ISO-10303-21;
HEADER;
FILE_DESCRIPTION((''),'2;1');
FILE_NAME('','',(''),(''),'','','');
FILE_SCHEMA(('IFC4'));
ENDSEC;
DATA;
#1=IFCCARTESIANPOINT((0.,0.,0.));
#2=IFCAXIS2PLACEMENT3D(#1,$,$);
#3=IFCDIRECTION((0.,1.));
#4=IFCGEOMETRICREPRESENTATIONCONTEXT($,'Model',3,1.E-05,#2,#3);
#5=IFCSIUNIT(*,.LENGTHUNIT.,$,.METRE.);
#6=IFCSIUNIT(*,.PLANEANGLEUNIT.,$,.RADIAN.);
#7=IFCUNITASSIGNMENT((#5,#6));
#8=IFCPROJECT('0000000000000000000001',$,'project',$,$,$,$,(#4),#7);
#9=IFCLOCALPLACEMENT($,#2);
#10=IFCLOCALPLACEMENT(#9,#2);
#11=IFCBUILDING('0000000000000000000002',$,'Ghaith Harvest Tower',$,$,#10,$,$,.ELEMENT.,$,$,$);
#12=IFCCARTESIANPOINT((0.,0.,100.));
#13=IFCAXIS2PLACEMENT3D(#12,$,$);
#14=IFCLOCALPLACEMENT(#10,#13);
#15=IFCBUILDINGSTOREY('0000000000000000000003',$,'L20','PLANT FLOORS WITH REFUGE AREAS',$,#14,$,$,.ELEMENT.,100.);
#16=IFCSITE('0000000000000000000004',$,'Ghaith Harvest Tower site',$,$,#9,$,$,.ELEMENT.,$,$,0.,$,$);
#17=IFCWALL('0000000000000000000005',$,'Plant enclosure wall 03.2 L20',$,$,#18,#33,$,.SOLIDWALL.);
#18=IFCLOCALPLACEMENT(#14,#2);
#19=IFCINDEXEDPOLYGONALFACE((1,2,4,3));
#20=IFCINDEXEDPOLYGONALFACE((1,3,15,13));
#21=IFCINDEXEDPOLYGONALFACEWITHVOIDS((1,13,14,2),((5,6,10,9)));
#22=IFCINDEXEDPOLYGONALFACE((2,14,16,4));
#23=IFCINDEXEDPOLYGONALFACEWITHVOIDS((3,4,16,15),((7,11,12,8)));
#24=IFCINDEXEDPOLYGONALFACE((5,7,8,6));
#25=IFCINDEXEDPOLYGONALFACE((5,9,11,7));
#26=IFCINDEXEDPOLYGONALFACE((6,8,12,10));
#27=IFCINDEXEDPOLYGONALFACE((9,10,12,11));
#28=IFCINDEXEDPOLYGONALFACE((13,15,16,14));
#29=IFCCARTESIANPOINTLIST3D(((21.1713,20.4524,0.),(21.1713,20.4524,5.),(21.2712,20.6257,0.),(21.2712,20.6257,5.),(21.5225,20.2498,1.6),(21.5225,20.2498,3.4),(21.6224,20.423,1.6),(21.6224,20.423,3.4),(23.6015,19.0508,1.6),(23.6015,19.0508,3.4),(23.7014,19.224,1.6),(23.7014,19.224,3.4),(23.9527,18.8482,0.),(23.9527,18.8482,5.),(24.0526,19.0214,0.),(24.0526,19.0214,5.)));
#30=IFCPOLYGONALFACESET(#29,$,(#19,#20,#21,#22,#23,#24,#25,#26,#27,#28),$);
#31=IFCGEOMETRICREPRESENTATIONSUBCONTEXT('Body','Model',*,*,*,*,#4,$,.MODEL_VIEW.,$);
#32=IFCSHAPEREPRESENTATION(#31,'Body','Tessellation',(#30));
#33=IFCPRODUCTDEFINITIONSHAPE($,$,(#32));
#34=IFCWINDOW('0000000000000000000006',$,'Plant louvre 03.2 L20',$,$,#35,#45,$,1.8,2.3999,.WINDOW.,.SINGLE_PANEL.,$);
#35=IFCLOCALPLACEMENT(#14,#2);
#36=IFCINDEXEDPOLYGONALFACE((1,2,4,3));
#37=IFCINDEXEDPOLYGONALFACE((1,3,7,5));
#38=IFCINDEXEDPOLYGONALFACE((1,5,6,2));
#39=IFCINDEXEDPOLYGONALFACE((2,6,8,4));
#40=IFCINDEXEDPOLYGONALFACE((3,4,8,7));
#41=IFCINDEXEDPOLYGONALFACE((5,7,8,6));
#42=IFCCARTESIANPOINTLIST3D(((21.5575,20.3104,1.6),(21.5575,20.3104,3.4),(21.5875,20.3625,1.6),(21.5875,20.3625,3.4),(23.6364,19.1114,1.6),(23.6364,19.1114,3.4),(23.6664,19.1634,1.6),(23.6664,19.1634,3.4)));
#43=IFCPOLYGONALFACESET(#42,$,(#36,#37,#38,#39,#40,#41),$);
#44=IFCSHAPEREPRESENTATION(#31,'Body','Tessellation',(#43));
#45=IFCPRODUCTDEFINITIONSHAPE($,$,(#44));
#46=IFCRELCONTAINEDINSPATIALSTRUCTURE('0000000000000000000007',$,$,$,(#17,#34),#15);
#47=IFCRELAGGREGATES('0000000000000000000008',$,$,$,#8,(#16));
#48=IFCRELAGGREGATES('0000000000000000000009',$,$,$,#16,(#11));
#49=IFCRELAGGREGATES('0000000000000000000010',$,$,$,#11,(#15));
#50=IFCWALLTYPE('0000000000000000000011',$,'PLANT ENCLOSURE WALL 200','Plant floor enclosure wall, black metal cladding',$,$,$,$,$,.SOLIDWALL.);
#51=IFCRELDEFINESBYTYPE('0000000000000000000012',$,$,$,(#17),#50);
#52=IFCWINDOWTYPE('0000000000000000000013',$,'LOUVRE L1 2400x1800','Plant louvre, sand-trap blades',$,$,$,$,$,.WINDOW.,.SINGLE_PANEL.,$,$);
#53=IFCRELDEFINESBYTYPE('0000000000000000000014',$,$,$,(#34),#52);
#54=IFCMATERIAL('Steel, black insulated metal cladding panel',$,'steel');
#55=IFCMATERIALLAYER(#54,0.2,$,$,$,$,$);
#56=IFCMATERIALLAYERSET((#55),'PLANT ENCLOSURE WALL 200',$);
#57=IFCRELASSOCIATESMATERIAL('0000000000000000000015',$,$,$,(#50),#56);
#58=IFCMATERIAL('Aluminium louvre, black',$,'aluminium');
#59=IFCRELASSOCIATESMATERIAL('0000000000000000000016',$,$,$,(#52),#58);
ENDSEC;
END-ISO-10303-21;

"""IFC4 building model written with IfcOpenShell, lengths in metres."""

from ifc_helpers import new_model, si_unit, direction, frame, frame_2d, origin, place, context, subcontext, project, spatial, rectangle, extrude, material, layer, layer_set, type_object, element, fill, save


model = new_model("IFC4")

# Units and contexts
model_context = context("Model", 3, precision=1e-05, world=origin(), true_north=direction((0.0, 1.0)))
body_context = subcontext(model_context, "Body", "Model", "MODEL_VIEW")
ifc_project = project(units=[si_unit("LENGTHUNIT", "METRE"), si_unit("PLANEANGLEUNIT", "RADIAN")], contexts=[model_context])

# Site, building, storey
site_placement = place(None, origin())
site = spatial("IfcSite", under=ifc_project, at=site_placement, Name="Ghaith Harvest Tower site", CompositionType="ELEMENT", RefElevation=0.0)
building_placement = place(site_placement, origin())
building = spatial("IfcBuilding", under=site, at=building_placement, Name="Ghaith Harvest Tower", CompositionType="ELEMENT")
storey_placement = place(building_placement, frame((0.0, 0.0, 100.0)))
storey = spatial("IfcBuildingStorey", under=building, at=storey_placement, Name="L20", Description="PLANT FLOORS WITH REFUGE AREAS", CompositionType="ELEMENT", Elevation=100.0)

# Shared definitions
ifc_material_1 = material(Name="Steel, black insulated metal cladding panel", Category="steel")
ifc_layer_1 = layer(ifc_material_1, 0.2)
ifc_layer_set_1 = layer_set([ifc_layer_1], Name="PLANT ENCLOSURE WALL 200")
wall_type = type_object("IfcWallType", Name="PLANT ENCLOSURE WALL 200", Description="Plant floor enclosure wall, black metal cladding", PredefinedType="SOLIDWALL", material=ifc_layer_set_1)

# Wall, opening, window
ifc_material_2 = material(Name="Aluminium louvre, black", Category="aluminium")
window_type = type_object("IfcWindowType", Name="LOUVRE L1 2400x1800", Description="Plant louvre, sand-trap blades", PartitioningType="SINGLE_PANEL", PredefinedType="WINDOW", material=ifc_material_2)
wall_1_placement = place(storey_placement, frame((24.0027, 18.9348, 0.0), z_axis=(0.0, 0.0, 1.0), x_axis=(-0.866248, 0.499615, 0.0)))
wall_1 = element("IfcWall", 1, at=wall_1_placement, inside=storey, type_object=wall_type, Name="Plant enclosure wall 03.2 L20", PredefinedType="SOLIDWALL", context=body_context, shape_type="SweptSolid", body=[
    extrude(rectangle(XDim=3.2109, YDim=0.2, at=frame_2d((1.6055, 0.0))), origin(), (0.0, 0.0, 1.0), 5.0),
])
opening_1_placement = place(wall_1_placement, frame((0.4055, 0.0, 1.6001)))
opening_1 = element("IfcOpeningElement", 2, at=opening_1_placement, cuts=wall_1, PredefinedType="OPENING", context=body_context, shape_type="SweptSolid", body=[
    extrude(rectangle(XDim=2.3999, YDim=1.8, at=frame_2d((1.2, 0.8999))), frame((0.0, 0.1099, 0.0), z_axis=(0.0, -1.0, 0.0), x_axis=(1.0, 0.0, 0.0)), (0.0, 0.0, 1.0), 0.22),
])
window_1_placement = place(opening_1_placement, origin())
window_1 = element("IfcWindow", 3, at=window_1_placement, inside=storey, type_object=window_type, Name="Plant louvre 03.2 L20", OverallHeight=1.8, OverallWidth=2.3999, PartitioningType="SINGLE_PANEL", PredefinedType="WINDOW", context=body_context, shape_type="SweptSolid", body=[
    extrude(rectangle(XDim=2.3999, YDim=1.8, at=frame_2d((1.2, 0.8999))), frame((0.0, 0.03, 0.0), z_axis=(0.0, -1.0, 0.0), x_axis=(1.0, 0.0, 0.0)), (0.0, 0.0, 1.0), 0.0601),
])
fill(opening_1, window_1)

save(model, "model.ifc")
